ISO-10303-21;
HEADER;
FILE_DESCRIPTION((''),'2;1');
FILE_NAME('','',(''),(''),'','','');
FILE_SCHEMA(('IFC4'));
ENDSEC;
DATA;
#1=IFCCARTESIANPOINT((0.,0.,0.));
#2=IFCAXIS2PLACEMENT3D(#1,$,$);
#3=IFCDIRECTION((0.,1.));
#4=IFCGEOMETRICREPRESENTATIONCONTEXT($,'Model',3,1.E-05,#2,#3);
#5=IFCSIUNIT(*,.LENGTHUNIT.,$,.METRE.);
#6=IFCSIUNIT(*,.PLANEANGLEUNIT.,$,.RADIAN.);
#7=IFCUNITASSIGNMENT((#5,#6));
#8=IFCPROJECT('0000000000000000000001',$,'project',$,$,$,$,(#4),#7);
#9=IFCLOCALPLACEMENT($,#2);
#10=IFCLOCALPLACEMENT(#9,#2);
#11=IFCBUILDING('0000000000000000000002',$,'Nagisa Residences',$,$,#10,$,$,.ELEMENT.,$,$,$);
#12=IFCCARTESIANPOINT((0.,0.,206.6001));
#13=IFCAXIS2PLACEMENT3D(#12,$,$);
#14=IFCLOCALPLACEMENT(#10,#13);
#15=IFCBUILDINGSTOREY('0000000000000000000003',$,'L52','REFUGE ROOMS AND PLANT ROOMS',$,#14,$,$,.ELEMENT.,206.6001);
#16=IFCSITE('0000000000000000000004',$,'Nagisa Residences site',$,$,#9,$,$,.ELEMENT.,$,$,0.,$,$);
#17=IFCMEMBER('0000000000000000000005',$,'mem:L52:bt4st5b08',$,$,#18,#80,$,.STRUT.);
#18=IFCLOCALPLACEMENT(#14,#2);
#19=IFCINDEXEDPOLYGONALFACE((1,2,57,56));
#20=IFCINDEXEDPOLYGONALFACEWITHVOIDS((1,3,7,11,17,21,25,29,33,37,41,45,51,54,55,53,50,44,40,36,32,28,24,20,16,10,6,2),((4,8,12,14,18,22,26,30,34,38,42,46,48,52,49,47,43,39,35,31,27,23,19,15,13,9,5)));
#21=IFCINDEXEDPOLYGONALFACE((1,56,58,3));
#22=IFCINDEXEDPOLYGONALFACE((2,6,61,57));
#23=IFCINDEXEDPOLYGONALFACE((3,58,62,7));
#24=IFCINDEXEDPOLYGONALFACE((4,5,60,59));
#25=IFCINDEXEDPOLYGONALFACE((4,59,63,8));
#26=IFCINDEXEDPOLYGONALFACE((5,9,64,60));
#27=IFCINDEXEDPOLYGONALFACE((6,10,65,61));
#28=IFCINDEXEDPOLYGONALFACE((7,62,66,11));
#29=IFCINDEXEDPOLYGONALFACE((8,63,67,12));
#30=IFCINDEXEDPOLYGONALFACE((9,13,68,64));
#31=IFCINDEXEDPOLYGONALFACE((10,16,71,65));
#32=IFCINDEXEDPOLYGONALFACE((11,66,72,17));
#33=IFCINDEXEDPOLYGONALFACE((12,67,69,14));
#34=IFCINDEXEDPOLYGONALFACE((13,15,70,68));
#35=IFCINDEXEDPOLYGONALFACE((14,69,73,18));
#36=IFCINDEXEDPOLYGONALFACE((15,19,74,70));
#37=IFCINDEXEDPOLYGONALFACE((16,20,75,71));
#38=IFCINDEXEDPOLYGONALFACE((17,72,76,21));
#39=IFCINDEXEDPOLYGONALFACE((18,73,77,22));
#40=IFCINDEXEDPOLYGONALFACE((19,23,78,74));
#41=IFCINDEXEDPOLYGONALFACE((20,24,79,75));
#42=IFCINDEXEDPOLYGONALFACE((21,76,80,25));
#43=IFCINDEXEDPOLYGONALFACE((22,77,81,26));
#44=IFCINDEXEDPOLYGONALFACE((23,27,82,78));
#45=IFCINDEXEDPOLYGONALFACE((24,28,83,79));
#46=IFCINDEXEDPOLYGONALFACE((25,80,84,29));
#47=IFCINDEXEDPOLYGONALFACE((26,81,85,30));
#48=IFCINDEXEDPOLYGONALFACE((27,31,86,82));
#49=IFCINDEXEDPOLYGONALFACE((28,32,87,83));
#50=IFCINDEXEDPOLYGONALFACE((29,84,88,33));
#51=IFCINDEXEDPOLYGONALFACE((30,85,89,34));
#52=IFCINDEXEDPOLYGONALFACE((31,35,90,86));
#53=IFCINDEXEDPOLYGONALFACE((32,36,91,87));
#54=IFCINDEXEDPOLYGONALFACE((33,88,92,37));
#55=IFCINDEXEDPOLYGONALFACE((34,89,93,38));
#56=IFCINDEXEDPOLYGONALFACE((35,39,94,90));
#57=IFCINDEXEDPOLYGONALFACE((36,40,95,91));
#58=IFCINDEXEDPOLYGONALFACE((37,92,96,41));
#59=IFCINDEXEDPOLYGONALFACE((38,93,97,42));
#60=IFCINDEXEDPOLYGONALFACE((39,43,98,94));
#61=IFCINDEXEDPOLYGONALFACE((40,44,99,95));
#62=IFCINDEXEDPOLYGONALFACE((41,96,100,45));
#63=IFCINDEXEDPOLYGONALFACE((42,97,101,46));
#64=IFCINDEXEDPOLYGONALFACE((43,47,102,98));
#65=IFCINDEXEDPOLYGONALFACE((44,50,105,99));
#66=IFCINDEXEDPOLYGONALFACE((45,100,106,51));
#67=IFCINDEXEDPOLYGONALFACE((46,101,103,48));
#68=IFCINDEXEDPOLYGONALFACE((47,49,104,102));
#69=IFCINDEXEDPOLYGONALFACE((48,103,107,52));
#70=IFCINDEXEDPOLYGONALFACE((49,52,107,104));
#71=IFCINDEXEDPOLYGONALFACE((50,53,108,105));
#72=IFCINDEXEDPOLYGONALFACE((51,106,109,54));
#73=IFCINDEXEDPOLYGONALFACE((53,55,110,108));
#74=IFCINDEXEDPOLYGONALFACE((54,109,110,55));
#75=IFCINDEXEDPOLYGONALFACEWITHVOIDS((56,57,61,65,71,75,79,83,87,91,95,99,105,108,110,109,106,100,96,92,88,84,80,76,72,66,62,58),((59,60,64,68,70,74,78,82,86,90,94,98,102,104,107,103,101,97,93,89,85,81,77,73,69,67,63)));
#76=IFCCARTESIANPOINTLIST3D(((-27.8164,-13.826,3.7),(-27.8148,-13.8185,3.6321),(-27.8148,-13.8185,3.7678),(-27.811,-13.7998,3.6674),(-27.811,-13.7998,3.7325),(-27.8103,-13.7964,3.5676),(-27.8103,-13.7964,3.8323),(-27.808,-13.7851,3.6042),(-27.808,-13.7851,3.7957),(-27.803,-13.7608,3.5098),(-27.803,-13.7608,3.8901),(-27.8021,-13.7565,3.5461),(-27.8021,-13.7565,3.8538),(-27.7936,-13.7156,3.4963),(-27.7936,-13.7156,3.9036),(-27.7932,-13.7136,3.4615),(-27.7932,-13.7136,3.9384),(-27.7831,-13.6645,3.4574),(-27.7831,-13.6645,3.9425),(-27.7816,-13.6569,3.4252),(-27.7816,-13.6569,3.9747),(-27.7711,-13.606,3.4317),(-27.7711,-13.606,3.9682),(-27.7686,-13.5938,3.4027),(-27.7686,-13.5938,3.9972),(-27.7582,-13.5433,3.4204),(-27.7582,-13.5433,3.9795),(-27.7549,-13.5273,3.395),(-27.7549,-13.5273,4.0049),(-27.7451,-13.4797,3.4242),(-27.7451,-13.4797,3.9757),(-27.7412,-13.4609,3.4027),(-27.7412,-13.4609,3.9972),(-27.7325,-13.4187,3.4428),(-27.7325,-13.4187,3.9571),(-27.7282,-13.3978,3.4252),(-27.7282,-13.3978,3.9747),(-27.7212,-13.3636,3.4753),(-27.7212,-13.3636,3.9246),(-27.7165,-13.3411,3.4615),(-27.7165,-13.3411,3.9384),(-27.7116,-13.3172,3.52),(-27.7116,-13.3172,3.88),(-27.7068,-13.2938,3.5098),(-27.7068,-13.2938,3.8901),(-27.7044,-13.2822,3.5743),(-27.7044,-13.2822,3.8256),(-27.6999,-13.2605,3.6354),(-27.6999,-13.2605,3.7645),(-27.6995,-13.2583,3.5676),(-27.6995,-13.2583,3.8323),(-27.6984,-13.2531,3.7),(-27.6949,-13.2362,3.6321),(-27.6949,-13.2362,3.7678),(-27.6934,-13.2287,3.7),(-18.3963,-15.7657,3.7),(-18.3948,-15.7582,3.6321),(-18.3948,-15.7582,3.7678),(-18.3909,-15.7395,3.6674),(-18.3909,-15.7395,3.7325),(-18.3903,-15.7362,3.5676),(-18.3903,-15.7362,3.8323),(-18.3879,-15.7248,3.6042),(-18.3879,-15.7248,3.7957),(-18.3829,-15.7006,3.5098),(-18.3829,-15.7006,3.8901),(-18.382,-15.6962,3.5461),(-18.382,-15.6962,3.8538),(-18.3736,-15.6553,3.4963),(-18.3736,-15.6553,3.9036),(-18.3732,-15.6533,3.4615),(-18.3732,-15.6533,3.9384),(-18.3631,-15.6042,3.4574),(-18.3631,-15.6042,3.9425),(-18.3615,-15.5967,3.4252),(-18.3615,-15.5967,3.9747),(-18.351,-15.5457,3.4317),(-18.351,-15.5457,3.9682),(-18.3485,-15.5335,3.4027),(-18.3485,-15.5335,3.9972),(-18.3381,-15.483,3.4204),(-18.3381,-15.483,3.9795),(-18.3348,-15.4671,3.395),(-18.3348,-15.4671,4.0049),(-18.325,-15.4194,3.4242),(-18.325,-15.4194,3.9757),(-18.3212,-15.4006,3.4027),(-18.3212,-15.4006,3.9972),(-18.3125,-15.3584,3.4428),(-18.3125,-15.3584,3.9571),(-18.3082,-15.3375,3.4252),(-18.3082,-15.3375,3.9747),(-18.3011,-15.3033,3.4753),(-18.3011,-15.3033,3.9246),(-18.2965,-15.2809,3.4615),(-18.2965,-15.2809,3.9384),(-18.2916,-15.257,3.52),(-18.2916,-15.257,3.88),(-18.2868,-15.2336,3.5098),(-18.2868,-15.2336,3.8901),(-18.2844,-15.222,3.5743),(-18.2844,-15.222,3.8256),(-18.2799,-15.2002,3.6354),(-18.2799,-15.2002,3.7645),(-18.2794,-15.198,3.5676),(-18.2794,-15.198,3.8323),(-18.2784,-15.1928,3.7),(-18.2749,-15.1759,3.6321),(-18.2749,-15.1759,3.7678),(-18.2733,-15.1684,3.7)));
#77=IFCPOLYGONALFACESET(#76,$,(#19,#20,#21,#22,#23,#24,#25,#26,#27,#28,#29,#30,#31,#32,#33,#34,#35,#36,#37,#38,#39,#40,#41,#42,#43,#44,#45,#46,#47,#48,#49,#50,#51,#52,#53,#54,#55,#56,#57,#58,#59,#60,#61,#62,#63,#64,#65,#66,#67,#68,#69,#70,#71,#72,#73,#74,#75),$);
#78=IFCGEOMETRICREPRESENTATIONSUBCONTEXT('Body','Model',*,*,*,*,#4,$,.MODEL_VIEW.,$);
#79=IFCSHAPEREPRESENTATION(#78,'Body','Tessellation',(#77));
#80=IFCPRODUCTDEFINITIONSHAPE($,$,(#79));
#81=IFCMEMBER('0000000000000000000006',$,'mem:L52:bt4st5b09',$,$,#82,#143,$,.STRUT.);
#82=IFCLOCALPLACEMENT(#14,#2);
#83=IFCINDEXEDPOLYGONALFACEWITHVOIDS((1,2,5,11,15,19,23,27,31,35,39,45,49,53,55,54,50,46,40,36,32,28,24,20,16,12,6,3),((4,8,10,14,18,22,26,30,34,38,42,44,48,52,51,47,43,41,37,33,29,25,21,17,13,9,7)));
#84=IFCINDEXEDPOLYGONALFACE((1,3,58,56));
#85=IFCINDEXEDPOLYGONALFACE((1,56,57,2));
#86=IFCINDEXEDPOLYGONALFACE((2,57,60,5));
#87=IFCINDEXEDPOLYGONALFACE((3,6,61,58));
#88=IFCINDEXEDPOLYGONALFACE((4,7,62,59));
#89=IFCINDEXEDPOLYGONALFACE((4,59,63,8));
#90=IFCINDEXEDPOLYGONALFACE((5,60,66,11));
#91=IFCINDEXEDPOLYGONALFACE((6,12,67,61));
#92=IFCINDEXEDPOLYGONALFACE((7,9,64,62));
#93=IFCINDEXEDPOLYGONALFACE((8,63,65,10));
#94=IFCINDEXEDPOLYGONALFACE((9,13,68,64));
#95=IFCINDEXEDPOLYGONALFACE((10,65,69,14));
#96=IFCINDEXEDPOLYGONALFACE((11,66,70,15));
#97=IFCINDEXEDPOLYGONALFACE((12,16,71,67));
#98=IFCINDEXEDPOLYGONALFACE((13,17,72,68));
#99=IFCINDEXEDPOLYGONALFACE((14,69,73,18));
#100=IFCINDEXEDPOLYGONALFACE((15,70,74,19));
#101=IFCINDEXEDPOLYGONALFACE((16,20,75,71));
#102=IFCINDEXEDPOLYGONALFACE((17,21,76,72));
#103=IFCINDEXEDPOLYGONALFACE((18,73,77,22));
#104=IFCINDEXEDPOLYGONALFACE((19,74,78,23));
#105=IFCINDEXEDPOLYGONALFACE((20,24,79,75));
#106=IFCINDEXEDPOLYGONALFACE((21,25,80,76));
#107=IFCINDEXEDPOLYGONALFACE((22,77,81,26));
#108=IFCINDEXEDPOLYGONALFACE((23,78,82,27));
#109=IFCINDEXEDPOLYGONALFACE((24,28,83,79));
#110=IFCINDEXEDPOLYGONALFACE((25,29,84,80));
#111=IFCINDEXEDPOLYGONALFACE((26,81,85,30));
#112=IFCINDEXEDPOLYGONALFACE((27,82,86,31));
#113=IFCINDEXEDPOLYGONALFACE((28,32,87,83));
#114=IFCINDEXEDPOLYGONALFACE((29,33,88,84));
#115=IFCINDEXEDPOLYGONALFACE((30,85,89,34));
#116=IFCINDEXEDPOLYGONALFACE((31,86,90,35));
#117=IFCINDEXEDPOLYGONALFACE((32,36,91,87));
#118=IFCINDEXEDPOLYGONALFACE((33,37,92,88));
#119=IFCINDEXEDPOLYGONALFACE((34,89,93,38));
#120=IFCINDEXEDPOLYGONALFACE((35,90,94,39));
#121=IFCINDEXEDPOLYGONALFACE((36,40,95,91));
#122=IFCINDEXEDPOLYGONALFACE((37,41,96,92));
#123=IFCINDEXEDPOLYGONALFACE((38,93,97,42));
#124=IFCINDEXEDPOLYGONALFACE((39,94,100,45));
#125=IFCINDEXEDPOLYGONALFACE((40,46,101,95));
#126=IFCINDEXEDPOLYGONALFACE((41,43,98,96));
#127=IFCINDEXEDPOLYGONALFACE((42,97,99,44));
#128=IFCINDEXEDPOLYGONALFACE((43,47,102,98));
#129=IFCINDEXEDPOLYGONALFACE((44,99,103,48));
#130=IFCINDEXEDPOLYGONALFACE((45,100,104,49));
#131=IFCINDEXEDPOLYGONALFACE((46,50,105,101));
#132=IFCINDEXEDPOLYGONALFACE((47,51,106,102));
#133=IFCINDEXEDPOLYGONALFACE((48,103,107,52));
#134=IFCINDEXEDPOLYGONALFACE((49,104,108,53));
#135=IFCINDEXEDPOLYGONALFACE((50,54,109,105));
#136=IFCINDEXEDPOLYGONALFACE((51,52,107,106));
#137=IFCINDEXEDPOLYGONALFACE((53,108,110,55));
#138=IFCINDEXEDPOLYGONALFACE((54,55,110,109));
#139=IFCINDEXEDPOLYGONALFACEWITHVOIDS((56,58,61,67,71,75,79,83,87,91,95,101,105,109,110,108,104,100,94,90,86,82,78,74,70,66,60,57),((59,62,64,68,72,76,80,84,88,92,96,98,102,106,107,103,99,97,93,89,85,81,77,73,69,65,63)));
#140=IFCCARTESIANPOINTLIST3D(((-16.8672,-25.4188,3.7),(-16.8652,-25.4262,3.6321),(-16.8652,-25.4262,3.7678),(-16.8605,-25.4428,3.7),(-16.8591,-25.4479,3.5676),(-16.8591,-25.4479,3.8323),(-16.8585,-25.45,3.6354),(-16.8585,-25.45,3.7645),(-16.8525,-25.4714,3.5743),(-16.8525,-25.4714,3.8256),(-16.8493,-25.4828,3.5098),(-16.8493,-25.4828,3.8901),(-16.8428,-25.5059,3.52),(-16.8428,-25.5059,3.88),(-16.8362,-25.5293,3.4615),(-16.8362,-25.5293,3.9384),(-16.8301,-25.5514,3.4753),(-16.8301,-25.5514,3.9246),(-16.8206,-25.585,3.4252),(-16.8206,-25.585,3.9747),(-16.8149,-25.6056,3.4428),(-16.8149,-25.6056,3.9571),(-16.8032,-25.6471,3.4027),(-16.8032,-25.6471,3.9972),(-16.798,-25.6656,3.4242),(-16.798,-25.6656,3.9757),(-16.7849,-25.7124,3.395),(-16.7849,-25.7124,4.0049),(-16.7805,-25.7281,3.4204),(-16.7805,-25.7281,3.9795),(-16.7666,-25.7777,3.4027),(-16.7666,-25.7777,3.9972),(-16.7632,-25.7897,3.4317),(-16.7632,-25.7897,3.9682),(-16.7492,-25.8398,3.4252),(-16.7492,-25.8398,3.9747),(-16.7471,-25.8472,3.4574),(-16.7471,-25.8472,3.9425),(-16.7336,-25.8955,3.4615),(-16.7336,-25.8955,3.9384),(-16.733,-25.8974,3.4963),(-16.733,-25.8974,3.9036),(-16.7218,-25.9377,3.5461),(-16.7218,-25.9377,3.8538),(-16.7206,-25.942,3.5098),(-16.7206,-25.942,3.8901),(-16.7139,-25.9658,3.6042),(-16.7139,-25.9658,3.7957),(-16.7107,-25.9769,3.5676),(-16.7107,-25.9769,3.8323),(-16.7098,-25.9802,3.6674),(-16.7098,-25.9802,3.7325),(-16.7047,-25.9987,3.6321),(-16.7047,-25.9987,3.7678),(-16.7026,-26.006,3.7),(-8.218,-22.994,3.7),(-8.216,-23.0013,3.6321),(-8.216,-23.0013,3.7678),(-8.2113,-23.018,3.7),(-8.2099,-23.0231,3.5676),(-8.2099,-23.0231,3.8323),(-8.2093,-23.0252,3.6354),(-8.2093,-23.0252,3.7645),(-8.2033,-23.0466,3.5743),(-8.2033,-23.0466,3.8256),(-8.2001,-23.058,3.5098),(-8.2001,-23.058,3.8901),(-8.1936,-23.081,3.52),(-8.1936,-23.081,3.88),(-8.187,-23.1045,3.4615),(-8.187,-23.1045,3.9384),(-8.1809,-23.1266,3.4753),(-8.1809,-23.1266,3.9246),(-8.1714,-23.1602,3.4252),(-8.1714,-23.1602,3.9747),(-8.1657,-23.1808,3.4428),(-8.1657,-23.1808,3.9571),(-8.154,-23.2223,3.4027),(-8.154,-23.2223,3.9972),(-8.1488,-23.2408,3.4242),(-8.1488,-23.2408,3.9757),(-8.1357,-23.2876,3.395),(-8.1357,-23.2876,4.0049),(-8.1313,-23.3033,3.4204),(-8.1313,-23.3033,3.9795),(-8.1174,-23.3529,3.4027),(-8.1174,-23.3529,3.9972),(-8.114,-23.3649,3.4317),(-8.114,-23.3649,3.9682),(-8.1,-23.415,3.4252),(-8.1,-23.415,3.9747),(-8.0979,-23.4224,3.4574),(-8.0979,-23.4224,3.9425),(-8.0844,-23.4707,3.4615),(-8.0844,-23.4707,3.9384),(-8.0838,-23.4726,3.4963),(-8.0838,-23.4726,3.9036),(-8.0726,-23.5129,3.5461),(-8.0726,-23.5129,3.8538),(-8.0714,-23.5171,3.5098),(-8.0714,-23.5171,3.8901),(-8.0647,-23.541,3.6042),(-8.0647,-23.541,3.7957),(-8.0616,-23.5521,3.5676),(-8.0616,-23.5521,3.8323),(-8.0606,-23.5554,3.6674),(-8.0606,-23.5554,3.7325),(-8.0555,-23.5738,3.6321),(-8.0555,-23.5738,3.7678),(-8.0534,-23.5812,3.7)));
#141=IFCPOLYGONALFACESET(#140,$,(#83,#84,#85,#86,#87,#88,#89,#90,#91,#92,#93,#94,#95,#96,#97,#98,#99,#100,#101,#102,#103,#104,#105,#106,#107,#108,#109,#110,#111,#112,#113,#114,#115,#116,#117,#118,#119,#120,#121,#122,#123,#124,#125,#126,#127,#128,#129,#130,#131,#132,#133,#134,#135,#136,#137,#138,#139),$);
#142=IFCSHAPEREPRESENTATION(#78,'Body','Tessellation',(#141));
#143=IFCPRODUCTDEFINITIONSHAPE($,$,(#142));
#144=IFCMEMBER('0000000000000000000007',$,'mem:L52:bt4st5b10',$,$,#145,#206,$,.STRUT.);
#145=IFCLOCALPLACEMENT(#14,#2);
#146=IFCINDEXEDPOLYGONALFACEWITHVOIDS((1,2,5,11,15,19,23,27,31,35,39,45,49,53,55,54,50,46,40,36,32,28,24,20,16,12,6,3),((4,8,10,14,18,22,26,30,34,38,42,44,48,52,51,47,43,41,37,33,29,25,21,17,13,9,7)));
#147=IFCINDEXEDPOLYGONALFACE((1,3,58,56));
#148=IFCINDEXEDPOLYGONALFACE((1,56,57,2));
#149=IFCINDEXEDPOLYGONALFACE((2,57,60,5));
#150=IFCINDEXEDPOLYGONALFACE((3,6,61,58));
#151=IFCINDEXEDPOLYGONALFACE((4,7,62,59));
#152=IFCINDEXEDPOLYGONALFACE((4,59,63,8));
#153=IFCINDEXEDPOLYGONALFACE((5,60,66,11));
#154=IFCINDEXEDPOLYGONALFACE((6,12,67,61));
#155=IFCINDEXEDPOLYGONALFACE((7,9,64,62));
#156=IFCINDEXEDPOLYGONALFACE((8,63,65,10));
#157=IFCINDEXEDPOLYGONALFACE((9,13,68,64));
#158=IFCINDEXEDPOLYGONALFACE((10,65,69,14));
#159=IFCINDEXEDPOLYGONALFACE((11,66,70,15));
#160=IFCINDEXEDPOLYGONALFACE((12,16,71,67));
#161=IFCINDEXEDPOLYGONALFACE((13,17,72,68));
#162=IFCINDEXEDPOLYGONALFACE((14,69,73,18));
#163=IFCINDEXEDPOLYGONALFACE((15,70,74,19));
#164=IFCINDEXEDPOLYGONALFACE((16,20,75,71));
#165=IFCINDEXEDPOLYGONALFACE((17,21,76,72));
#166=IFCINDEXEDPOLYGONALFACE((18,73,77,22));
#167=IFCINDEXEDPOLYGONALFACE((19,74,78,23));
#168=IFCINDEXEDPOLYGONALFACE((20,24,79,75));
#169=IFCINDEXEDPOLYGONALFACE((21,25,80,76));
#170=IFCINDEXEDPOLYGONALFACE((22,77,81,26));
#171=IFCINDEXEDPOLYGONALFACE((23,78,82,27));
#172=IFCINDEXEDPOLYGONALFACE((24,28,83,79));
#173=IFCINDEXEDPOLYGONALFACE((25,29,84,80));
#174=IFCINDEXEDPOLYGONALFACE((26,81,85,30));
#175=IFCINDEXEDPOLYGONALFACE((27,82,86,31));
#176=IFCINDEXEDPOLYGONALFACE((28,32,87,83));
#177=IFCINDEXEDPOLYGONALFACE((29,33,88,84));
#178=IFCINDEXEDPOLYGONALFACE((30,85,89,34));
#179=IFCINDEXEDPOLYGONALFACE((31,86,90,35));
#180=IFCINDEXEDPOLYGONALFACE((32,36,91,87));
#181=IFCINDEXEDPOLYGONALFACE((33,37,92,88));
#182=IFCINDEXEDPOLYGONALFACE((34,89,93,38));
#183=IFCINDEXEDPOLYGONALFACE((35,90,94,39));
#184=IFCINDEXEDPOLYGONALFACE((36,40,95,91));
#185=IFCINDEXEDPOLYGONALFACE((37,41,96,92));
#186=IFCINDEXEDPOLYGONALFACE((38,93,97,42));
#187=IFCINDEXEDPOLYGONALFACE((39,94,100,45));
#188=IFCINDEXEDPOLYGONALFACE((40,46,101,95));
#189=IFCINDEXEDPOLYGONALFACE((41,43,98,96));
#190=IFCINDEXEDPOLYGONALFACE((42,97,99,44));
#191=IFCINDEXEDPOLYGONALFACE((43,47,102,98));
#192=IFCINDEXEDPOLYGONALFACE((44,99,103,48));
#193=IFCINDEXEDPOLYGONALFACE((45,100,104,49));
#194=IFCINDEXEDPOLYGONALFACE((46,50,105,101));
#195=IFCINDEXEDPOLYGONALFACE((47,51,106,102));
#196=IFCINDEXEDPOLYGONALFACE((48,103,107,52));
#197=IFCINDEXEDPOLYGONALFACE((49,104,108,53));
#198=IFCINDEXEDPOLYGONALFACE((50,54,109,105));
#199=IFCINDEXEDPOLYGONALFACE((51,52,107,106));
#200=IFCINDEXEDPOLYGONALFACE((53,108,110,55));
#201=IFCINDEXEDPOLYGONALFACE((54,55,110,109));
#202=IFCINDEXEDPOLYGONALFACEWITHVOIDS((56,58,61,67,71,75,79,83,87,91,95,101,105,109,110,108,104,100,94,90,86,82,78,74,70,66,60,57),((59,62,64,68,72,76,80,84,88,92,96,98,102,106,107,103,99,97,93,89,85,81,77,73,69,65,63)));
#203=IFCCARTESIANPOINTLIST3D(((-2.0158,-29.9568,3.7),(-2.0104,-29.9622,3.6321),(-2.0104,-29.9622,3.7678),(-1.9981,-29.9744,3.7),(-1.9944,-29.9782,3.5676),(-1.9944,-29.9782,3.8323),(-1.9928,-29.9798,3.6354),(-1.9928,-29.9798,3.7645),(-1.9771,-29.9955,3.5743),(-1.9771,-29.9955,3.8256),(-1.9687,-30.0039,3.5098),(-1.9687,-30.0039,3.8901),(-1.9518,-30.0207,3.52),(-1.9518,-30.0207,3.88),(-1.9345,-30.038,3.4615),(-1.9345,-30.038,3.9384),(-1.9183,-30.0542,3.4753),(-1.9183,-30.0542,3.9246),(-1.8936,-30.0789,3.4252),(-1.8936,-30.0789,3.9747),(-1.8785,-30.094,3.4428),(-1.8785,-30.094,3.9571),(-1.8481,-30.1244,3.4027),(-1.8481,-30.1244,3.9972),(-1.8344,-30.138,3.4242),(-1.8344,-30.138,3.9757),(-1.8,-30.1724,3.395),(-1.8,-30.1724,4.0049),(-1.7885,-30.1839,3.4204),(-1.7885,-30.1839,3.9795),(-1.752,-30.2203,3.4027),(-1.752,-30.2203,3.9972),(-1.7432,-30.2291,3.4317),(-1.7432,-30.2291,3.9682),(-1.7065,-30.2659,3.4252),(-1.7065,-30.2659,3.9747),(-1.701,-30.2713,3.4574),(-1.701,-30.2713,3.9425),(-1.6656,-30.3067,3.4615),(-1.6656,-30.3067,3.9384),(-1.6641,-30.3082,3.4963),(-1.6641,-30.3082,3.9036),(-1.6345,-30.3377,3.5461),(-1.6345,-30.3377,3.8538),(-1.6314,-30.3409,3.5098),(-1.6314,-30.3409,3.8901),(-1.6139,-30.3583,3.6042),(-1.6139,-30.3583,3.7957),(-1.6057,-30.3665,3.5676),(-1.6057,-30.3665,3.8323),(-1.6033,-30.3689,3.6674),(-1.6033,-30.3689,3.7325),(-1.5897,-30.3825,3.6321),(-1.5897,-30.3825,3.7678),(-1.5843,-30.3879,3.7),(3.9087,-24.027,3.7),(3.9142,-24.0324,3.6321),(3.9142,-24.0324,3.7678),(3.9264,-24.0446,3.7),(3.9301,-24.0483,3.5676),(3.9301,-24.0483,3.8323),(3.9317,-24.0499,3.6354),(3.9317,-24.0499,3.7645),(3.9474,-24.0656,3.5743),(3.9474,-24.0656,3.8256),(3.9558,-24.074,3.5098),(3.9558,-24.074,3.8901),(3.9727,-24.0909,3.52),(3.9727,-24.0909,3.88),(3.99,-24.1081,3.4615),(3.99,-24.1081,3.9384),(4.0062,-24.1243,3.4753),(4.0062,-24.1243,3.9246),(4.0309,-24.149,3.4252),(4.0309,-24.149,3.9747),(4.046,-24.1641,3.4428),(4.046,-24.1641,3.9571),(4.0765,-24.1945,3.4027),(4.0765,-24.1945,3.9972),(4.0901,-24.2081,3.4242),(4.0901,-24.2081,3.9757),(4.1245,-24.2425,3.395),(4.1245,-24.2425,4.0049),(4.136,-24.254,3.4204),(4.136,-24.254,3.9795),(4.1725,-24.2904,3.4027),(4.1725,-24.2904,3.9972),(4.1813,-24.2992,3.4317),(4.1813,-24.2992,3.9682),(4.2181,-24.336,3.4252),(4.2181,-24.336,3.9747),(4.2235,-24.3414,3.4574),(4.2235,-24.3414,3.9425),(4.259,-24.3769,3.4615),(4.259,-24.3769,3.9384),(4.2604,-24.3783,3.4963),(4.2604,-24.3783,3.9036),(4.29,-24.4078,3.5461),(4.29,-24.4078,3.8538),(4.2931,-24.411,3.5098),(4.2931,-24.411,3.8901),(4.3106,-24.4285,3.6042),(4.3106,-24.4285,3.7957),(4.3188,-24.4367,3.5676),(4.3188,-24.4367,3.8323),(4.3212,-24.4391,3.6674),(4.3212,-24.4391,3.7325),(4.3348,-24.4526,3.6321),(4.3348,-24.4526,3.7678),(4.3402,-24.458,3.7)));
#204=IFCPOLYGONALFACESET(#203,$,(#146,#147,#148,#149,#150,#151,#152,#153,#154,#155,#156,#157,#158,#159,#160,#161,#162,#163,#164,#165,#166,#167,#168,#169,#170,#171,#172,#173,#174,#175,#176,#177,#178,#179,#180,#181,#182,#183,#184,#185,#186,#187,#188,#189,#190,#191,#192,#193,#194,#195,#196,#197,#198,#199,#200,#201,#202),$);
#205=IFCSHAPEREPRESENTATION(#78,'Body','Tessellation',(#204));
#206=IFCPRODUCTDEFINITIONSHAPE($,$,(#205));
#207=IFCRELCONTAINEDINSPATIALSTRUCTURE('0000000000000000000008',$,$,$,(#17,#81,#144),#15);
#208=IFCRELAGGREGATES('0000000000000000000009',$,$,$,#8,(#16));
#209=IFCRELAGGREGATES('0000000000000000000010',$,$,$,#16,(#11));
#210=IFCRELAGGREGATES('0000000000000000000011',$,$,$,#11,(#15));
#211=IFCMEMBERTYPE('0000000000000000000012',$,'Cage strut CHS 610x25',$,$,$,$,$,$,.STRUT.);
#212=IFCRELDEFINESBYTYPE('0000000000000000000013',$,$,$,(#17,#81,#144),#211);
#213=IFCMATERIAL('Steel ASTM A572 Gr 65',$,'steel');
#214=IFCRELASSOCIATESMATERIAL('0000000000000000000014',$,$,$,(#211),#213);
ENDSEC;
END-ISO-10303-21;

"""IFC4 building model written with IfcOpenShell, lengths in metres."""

from ifc_helpers import new_model, si_unit, direction, frame, origin, origin_2d, place, context, subcontext, project, spatial, hollow_circle, extrude, material, material_profile, profile_set, type_object, element, save


model = new_model("IFC4")

# Units and contexts
model_context = context("Model", 3, precision=1e-05, world=origin(), true_north=direction((0.0, 1.0)))
body_context = subcontext(model_context, "Body", "Model", "MODEL_VIEW")
ifc_project = project(units=[si_unit("LENGTHUNIT", "METRE"), si_unit("PLANEANGLEUNIT", "RADIAN")], contexts=[model_context])

# Site, building, storey
site_placement = place(None, origin())
site = spatial("IfcSite", under=ifc_project, at=site_placement, Name="Nagisa Residences site", CompositionType="ELEMENT", RefElevation=0.0)
building_placement = place(site_placement, origin())
building = spatial("IfcBuilding", under=site, at=building_placement, Name="Nagisa Residences", CompositionType="ELEMENT")
storey_placement = place(building_placement, frame((0.0, 0.0, 206.6001)))
storey = spatial("IfcBuildingStorey", under=building, at=storey_placement, Name="L52", Description="REFUGE ROOMS AND PLANT ROOMS", CompositionType="ELEMENT", Elevation=206.6001)

# Members
ifc_material_1 = material(Name="Steel ASTM A572 Gr 65", Category="steel")
ifc_material_profile_1 = material_profile(ifc_material_1, hollow_circle(Radius=0.3049, WallThickness=0.0249, at=origin_2d()), Name="CHS 610x25")
ifc_profile_set_1 = profile_set([ifc_material_profile_1], Name="Steel ASTM A572 Gr 65")
member_type_1 = type_object("IfcMemberType", Name="Cage strut CHS 610x25", PredefinedType="STRUT", material=ifc_profile_set_1)
member_1_placement = place(storey_placement, frame((-27.7549, -13.5273, 3.7), z_axis=(0.979451, -0.201683, 0.0), x_axis=(0.201683, 0.979451, 0.0)))
element("IfcMember", 1, at=member_1_placement, inside=storey, type_object=member_type_1, Name="mem:L52:bt4st5b08", PredefinedType="STRUT", context=body_context, shape_type="SweptSolid", body=[
    extrude(hollow_circle(Radius=0.3049, WallThickness=0.0249, at=origin_2d()), origin(), (0.0, 0.0, 1.0), 9.6177),
])
member_2_placement = place(storey_placement, frame((-16.7849, -25.7124, 3.7), z_axis=(0.962876, 0.269943, 0.0), x_axis=(-0.269943, 0.962876, 0.0)))
element("IfcMember", 2, at=member_2_placement, inside=storey, type_object=member_type_1, Name="mem:L52:bt4st5b09", PredefinedType="STRUT", context=body_context, shape_type="SweptSolid", body=[
    extrude(hollow_circle(Radius=0.3049, WallThickness=0.0249, at=origin_2d()), origin(), (0.0, 0.0, 1.0), 8.9827),
])
member_3_placement = place(storey_placement, frame((-1.8, -30.1724, 3.7), z_axis=(0.706786, 0.707427, 0.0), x_axis=(-0.707427, 0.706786, 0.0)))
element("IfcMember", 3, at=member_3_placement, inside=storey, type_object=member_type_1, Name="mem:L52:bt4st5b10", PredefinedType="STRUT", context=body_context, shape_type="SweptSolid", body=[
    extrude(hollow_circle(Radius=0.3049, WallThickness=0.0249, at=origin_2d()), origin(), (0.0, 0.0, 1.0), 8.3823),
])

save(model, "model.ifc")
